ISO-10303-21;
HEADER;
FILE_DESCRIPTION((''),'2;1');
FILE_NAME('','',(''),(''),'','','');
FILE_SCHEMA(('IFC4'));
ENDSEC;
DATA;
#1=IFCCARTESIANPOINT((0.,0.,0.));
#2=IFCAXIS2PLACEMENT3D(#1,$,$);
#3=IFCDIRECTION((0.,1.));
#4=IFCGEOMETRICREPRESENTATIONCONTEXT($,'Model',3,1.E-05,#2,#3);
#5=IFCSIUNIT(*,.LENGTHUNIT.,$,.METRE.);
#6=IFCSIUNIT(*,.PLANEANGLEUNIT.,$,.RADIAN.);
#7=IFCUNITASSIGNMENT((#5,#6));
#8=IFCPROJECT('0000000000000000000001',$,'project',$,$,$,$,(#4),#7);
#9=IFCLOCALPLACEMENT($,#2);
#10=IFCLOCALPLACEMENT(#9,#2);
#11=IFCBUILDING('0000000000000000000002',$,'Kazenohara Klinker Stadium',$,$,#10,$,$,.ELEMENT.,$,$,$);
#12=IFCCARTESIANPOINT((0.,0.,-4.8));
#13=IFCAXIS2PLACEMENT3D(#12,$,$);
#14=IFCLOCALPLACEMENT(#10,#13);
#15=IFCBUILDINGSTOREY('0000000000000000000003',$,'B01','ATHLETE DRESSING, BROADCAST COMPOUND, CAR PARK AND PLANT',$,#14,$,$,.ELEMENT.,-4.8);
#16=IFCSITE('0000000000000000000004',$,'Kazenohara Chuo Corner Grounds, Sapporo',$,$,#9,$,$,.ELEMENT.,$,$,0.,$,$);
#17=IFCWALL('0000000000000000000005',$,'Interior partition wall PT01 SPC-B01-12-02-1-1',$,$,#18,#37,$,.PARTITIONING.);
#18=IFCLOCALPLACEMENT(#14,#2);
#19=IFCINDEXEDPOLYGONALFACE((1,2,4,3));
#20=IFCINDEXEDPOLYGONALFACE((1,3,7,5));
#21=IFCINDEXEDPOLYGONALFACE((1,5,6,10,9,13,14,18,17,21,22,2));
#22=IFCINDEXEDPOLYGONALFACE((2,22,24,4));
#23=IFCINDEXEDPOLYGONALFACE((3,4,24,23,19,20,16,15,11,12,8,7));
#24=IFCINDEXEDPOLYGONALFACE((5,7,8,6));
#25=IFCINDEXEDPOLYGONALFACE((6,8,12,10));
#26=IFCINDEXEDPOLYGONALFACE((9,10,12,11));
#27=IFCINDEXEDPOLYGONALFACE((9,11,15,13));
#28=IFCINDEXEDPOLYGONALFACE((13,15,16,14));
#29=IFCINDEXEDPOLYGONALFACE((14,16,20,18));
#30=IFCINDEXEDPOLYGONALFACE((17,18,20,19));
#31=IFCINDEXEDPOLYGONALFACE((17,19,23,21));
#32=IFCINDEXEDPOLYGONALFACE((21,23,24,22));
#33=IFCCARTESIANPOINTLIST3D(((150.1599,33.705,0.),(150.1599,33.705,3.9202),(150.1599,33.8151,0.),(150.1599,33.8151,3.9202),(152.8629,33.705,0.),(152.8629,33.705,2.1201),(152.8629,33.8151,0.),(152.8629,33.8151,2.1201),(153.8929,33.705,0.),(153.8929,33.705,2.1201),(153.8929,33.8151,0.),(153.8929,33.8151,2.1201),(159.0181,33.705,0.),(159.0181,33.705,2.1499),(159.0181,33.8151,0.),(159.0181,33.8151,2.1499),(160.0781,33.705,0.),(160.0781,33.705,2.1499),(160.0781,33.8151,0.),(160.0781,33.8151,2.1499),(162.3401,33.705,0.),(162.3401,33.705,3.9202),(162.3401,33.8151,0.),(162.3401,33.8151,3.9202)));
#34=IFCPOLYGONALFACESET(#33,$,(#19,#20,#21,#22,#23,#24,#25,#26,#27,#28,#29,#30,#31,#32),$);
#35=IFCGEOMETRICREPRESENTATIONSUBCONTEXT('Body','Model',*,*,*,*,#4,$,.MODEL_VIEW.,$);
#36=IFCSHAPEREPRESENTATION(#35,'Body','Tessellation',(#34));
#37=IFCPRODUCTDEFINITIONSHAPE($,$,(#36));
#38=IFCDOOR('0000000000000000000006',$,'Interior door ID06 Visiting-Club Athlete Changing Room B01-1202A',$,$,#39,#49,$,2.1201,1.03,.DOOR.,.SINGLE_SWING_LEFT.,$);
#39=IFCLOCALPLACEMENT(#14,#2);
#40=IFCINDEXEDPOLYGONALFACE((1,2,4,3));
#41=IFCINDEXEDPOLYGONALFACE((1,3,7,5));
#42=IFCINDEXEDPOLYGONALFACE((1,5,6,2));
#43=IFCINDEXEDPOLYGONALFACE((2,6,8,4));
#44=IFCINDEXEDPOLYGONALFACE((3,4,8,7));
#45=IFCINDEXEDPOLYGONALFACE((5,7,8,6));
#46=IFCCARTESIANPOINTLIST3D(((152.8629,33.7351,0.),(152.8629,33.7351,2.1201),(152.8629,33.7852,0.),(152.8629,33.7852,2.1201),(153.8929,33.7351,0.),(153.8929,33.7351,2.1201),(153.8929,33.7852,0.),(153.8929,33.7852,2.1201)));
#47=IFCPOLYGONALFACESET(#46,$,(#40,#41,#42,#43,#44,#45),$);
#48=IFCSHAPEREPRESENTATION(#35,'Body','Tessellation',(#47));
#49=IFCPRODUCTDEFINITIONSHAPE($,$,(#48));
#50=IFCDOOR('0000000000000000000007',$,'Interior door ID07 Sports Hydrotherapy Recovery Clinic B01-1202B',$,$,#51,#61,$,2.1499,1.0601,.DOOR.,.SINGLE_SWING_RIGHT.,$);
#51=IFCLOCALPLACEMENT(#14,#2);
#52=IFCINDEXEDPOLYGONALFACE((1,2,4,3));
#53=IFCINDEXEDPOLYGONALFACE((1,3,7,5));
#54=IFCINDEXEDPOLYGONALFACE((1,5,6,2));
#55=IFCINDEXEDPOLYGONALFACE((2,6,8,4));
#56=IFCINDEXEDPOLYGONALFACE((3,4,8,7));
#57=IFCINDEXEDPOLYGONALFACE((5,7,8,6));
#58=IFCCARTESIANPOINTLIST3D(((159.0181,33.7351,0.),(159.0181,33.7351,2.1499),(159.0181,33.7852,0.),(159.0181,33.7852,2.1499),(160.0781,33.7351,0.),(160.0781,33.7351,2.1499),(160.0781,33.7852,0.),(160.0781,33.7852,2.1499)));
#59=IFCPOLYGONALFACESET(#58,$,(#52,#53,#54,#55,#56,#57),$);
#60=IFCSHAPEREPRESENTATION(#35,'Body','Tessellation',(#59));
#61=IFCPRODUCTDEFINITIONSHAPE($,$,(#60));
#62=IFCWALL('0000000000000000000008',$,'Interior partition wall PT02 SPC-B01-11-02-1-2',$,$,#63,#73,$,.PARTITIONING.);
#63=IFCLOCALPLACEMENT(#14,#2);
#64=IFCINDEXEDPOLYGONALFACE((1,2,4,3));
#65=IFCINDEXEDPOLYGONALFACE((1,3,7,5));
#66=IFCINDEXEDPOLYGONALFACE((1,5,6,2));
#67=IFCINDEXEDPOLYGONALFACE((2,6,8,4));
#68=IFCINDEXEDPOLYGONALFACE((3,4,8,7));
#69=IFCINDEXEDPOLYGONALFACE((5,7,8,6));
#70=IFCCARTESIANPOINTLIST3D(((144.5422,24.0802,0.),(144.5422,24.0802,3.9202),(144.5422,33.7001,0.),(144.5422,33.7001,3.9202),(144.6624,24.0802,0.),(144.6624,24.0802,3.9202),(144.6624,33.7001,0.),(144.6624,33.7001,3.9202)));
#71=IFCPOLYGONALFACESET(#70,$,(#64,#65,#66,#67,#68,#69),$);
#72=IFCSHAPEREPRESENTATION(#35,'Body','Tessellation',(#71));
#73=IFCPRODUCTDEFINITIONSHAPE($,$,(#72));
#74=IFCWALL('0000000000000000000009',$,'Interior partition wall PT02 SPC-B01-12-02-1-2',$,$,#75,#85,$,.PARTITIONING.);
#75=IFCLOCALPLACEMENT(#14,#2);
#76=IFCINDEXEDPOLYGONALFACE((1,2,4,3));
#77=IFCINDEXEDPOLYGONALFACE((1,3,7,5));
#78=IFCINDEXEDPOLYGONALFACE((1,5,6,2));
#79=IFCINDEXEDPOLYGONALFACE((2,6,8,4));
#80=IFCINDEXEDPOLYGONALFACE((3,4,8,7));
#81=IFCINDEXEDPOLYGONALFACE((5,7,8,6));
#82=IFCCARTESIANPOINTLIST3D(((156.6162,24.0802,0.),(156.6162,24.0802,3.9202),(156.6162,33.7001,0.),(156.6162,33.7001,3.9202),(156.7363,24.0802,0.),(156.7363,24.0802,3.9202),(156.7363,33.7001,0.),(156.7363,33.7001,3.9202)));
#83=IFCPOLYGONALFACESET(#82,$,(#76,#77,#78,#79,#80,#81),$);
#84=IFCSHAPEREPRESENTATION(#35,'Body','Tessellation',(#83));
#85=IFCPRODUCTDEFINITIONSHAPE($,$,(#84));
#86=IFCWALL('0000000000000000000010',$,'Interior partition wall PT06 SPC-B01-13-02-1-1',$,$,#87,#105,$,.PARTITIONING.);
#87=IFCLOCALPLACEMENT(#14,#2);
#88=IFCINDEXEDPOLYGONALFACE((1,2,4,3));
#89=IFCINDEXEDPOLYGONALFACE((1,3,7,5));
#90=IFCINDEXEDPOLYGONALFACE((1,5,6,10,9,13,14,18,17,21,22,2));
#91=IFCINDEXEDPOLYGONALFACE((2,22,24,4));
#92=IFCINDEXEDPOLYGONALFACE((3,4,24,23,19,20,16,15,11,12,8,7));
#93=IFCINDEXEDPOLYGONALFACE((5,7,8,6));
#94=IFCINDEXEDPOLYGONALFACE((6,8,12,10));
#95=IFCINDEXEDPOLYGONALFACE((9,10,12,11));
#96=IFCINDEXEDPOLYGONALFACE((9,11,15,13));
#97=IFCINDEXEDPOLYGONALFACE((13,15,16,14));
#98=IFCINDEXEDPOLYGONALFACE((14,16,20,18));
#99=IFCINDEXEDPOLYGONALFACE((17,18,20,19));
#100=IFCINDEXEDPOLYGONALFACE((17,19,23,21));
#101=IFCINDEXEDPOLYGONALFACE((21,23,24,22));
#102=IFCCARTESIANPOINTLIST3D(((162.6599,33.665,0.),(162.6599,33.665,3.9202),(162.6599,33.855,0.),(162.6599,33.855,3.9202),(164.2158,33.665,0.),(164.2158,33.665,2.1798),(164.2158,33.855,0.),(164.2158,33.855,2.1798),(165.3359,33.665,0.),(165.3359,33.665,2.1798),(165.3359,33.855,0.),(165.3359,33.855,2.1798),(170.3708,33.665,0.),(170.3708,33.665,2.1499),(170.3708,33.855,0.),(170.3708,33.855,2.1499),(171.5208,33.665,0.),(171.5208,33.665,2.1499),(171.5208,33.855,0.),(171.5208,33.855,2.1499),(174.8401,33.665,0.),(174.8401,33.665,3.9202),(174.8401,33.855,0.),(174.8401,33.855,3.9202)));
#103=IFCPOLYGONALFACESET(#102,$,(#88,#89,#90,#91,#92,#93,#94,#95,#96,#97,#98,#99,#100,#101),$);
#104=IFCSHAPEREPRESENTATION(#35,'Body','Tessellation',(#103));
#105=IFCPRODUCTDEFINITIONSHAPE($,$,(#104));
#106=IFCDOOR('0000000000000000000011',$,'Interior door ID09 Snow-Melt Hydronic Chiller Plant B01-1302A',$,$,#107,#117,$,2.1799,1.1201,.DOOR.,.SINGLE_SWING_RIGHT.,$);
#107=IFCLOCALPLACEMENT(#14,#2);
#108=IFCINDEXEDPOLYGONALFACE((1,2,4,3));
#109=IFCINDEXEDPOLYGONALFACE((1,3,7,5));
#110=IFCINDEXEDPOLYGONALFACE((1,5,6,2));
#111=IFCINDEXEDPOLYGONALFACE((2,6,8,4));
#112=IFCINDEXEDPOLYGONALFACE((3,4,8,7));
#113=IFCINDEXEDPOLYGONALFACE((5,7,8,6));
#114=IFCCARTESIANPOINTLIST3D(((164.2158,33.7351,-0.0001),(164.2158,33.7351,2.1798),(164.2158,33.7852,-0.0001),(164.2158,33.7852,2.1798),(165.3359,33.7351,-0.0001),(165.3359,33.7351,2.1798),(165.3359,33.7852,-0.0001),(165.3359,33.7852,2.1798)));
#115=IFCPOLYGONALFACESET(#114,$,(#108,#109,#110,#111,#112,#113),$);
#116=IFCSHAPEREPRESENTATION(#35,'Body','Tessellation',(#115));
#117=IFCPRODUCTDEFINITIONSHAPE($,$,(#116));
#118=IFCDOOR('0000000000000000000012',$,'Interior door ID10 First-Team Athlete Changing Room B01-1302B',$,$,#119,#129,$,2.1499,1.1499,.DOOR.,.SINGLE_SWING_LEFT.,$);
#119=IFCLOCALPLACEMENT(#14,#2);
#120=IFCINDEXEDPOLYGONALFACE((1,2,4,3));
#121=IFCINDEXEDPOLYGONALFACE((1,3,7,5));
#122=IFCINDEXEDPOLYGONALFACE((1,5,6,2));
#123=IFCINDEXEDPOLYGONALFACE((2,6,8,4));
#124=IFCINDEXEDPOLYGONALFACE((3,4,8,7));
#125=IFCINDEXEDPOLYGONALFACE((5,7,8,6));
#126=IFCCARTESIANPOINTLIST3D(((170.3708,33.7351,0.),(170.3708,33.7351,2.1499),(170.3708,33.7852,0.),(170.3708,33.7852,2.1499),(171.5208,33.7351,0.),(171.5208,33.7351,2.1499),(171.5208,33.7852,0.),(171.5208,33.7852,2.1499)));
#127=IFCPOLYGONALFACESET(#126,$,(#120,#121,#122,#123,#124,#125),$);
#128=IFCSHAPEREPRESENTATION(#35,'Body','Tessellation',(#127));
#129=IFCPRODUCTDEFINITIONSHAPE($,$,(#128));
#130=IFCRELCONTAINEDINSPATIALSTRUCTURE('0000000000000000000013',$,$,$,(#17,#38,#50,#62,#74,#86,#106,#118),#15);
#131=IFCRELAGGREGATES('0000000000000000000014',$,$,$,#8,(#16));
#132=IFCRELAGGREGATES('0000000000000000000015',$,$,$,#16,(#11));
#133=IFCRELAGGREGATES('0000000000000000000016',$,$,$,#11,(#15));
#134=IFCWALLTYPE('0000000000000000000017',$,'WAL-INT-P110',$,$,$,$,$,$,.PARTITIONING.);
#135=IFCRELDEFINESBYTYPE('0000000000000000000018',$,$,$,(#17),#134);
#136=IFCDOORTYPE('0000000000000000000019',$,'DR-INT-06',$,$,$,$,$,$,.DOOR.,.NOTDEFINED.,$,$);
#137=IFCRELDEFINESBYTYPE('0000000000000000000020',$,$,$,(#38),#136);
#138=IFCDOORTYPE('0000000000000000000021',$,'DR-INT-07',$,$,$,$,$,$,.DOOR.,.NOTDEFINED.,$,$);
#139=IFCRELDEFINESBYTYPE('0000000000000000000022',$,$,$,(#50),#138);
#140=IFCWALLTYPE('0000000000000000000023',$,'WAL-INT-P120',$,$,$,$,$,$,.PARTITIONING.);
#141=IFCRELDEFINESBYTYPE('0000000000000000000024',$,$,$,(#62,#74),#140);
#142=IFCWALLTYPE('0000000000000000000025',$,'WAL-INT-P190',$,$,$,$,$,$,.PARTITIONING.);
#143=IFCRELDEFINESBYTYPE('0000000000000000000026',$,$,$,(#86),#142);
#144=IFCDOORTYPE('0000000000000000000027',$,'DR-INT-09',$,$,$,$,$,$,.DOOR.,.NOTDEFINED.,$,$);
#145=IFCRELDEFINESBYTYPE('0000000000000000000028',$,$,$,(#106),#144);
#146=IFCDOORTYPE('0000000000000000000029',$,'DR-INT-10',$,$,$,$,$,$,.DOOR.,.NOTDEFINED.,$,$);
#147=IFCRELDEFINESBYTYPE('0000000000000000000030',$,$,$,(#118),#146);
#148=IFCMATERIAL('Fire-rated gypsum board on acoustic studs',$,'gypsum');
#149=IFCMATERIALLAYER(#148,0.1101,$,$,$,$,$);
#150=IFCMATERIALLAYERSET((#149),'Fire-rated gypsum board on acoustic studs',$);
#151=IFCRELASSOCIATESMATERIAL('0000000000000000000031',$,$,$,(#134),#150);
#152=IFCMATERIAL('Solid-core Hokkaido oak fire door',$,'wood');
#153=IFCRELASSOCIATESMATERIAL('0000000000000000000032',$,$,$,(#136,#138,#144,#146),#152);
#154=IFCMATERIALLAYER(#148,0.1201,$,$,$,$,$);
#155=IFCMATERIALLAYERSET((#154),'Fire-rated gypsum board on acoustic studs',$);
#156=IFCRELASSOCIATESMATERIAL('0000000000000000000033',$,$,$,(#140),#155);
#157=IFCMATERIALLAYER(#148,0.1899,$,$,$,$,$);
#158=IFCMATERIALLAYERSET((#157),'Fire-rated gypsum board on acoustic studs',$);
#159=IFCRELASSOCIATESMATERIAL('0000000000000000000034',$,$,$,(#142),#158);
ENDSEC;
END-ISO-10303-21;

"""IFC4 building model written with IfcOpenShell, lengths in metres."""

from ifc_helpers import new_model, si_unit, direction, frame, frame_2d, origin, place, context, subcontext, project, spatial, rectangle, extrude, material, layer, layer_set, type_object, element, fill, save


model = new_model("IFC4")

# Units and contexts
model_context = context("Model", 3, precision=1e-05, world=origin(), true_north=direction((0.0, 1.0)))
body_context = subcontext(model_context, "Body", "Model", "MODEL_VIEW")
ifc_project = project(units=[si_unit("LENGTHUNIT", "METRE"), si_unit("PLANEANGLEUNIT", "RADIAN")], contexts=[model_context])

# Site, building, storey
site_placement = place(None, origin())
site = spatial("IfcSite", under=ifc_project, at=site_placement, Name="Kazenohara Chuo Corner Grounds, Sapporo", CompositionType="ELEMENT", RefElevation=0.0)
building_placement = place(site_placement, origin())
building = spatial("IfcBuilding", under=site, at=building_placement, Name="Kazenohara Klinker Stadium", CompositionType="ELEMENT")
storey_placement = place(building_placement, frame((0.0, 0.0, -4.8)))
storey = spatial("IfcBuildingStorey", under=building, at=storey_placement, Name="B01", Description="ATHLETE DRESSING, BROADCAST COMPOUND, CAR PARK AND PLANT", CompositionType="ELEMENT", Elevation=-4.8)

# Wall, openings, doors
ifc_material_1 = material(Name="Fire-rated gypsum board on acoustic studs", Category="gypsum")
ifc_layer_1 = layer(ifc_material_1, 0.1101)
ifc_layer_set_1 = layer_set([ifc_layer_1], Name="Fire-rated gypsum board on acoustic studs")
wall_type_1 = type_object("IfcWallType", Name="WAL-INT-P110", PredefinedType="PARTITIONING", material=ifc_layer_set_1)
ifc_material_2 = material(Name="Solid-core Hokkaido oak fire door", Category="wood")
wall_1_placement = place(storey_placement, frame((150.1599, 33.76, 0.0), z_axis=(0.0, 0.0, 1.0), x_axis=(1.0, 0.0, 0.0)))
wall_1 = element("IfcWall", 1, at=wall_1_placement, inside=storey, type_object=wall_type_1, Name="Interior partition wall PT01 SPC-B01-12-02-1-1", PredefinedType="PARTITIONING", context=body_context, shape_type="SweptSolid", body=[
    extrude(rectangle(XDim=12.1802, YDim=0.1101, at=frame_2d((6.0901, 0.0))), origin(), (0.0, 0.0, 1.0), 3.9202),
])
opening_1_placement = place(wall_1_placement, frame((3.7332, 0.0, 0.0), z_axis=(0.0, 0.0, 1.0), x_axis=(-1.0, 0.0, 0.0)))
opening_1 = element("IfcOpeningElement", 2, at=opening_1_placement, cuts=wall_1, PredefinedType="OPENING", context=body_context, shape_type="SweptSolid", body=[
    extrude(rectangle(XDim=1.03, YDim=2.1201, at=frame_2d((0.5151, 1.0601))), frame((0.0, 0.0649, 0.0), z_axis=(0.0, -1.0, 0.0), x_axis=(1.0, 0.0, 0.0)), (0.0, 0.0, 1.0), 0.1301),
])
opening_2_placement = place(wall_1_placement, frame((9.9182, 0.0, 0.0), z_axis=(0.0, 0.0, 1.0), x_axis=(-1.0, 0.0, 0.0)))
opening_2 = element("IfcOpeningElement", 3, at=opening_2_placement, cuts=wall_1, PredefinedType="OPENING", context=body_context, shape_type="SweptSolid", body=[
    extrude(rectangle(XDim=1.0601, YDim=2.1499, at=frame_2d((0.53, 1.075))), frame((0.0, 0.0649, 0.0), z_axis=(0.0, -1.0, 0.0), x_axis=(1.0, 0.0, 0.0)), (0.0, 0.0, 1.0), 0.1301),
])
door_type_1 = type_object("IfcDoorType", Name="DR-INT-06", OperationType="NOTDEFINED", PredefinedType="DOOR", material=ifc_material_2)
door_1_placement = place(opening_1_placement, origin())
door_1 = element("IfcDoor", 4, at=door_1_placement, inside=storey, type_object=door_type_1, Name="Interior door ID06 Visiting-Club Athlete Changing Room B01-1202A", OperationType="SINGLE_SWING_LEFT", OverallHeight=2.1201, OverallWidth=1.03, PredefinedType="DOOR", context=body_context, shape_type="SweptSolid", body=[
    extrude(rectangle(XDim=1.03, YDim=2.1201, at=frame_2d((0.5151, 1.0601))), frame((0.0, 0.0249, 0.0), z_axis=(0.0, -1.0, 0.0), x_axis=(1.0, 0.0, 0.0)), (0.0, 0.0, 1.0), 0.05),
])
fill(opening_1, door_1)
door_type_2 = type_object("IfcDoorType", Name="DR-INT-07", OperationType="NOTDEFINED", PredefinedType="DOOR", material=ifc_material_2)
door_2_placement = place(opening_2_placement, origin())
door_2 = element("IfcDoor", 5, at=door_2_placement, inside=storey, type_object=door_type_2, Name="Interior door ID07 Sports Hydrotherapy Recovery Clinic B01-1202B", OperationType="SINGLE_SWING_RIGHT", OverallHeight=2.1499, OverallWidth=1.0601, PredefinedType="DOOR", context=body_context, shape_type="SweptSolid", body=[
    extrude(rectangle(XDim=1.0601, YDim=2.1499, at=frame_2d((0.53, 1.075))), frame((0.0, 0.0249, 0.0), z_axis=(0.0, -1.0, 0.0), x_axis=(1.0, 0.0, 0.0)), (0.0, 0.0, 1.0), 0.05),
])
fill(opening_2, door_2)

# Walls
ifc_layer_2 = layer(ifc_material_1, 0.1201)
ifc_layer_set_2 = layer_set([ifc_layer_2], Name="Fire-rated gypsum board on acoustic studs")
wall_type_2 = type_object("IfcWallType", Name="WAL-INT-P120", PredefinedType="PARTITIONING", material=ifc_layer_set_2)
for number, where, z_axis, x_axis, name in (
    (6, (144.6023, 24.0801, 0.0), (0.0, 0.0, 1.0), (0.0, 1.0, 0.0), "Interior partition wall PT02 SPC-B01-11-02-1-2"),
    (7, (156.6763, 24.0801, 0.0), (0.0, 0.0, 1.0), (0.0, 1.0, 0.0), "Interior partition wall PT02 SPC-B01-12-02-1-2"),
):
    element("IfcWall", number, at=place(storey_placement, frame(where, z_axis=z_axis, x_axis=x_axis)), inside=storey, type_object=wall_type_2, Name=name, PredefinedType="PARTITIONING", context=body_context, shape_type="SweptSolid", body=[
        extrude(rectangle(XDim=9.6199, YDim=0.1201, at=frame_2d((4.8101, 0.0))), origin(), (0.0, 0.0, 1.0), 3.9202),
    ])

# Wall, openings, doors
ifc_layer_3 = layer(ifc_material_1, 0.1899)
ifc_layer_set_3 = layer_set([ifc_layer_3], Name="Fire-rated gypsum board on acoustic studs")
wall_type_3 = type_object("IfcWallType", Name="WAL-INT-P190", PredefinedType="PARTITIONING", material=ifc_layer_set_3)
wall_2_placement = place(storey_placement, frame((162.6599, 33.76, 0.0), z_axis=(0.0, 0.0, 1.0), x_axis=(1.0, 0.0, 0.0)))
wall_2 = element("IfcWall", 8, at=wall_2_placement, inside=storey, type_object=wall_type_3, Name="Interior partition wall PT06 SPC-B01-13-02-1-1", PredefinedType="PARTITIONING", context=body_context, shape_type="SweptSolid", body=[
    extrude(rectangle(XDim=12.1802, YDim=0.1899, at=frame_2d((6.0901, 0.0))), origin(), (0.0, 0.0, 1.0), 3.9202),
])
opening_3_placement = place(wall_2_placement, frame((2.676, 0.0, 0.0), z_axis=(0.0, 0.0, 1.0), x_axis=(-1.0, 0.0, 0.0)))
opening_3 = element("IfcOpeningElement", 9, at=opening_3_placement, cuts=wall_2, PredefinedType="OPENING", context=body_context, shape_type="SweptSolid", body=[
    extrude(rectangle(XDim=1.1201, YDim=2.1799, at=frame_2d((0.5601, 1.0898))), frame((0.0, 0.105, 0.0), z_axis=(0.0, -1.0, 0.0), x_axis=(1.0, 0.0, 0.0)), (0.0, 0.0, 1.0), 0.21),
])
opening_4_placement = place(wall_2_placement, frame((8.8608, 0.0, 0.0), z_axis=(0.0, 0.0, 1.0), x_axis=(-1.0, 0.0, 0.0)))
opening_4 = element("IfcOpeningElement", 10, at=opening_4_placement, cuts=wall_2, PredefinedType="OPENING", context=body_context, shape_type="SweptSolid", body=[
    extrude(rectangle(XDim=1.1499, YDim=2.1499, at=frame_2d((0.575, 1.075))), frame((0.0, 0.105, 0.0), z_axis=(0.0, -1.0, 0.0), x_axis=(1.0, 0.0, 0.0)), (0.0, 0.0, 1.0), 0.21),
])
door_type_3 = type_object("IfcDoorType", Name="DR-INT-09", OperationType="NOTDEFINED", PredefinedType="DOOR", material=ifc_material_2)
door_3_placement = place(opening_3_placement, origin())
door_3 = element("IfcDoor", 11, at=door_3_placement, inside=storey, type_object=door_type_3, Name="Interior door ID09 Snow-Melt Hydronic Chiller Plant B01-1302A", OperationType="SINGLE_SWING_RIGHT", OverallHeight=2.1799, OverallWidth=1.1201, PredefinedType="DOOR", context=body_context, shape_type="SweptSolid", body=[
    extrude(rectangle(XDim=1.1201, YDim=2.1799, at=frame_2d((0.5601, 1.0898))), frame((0.0, 0.0249, 0.0), z_axis=(0.0, -1.0, 0.0), x_axis=(1.0, 0.0, 0.0)), (0.0, 0.0, 1.0), 0.05),
])
fill(opening_3, door_3)
door_type_4 = type_object("IfcDoorType", Name="DR-INT-10", OperationType="NOTDEFINED", PredefinedType="DOOR", material=ifc_material_2)
door_4_placement = place(opening_4_placement, origin())
door_4 = element("IfcDoor", 12, at=door_4_placement, inside=storey, type_object=door_type_4, Name="Interior door ID10 First-Team Athlete Changing Room B01-1302B", OperationType="SINGLE_SWING_LEFT", OverallHeight=2.1499, OverallWidth=1.1499, PredefinedType="DOOR", context=body_context, shape_type="SweptSolid", body=[
    extrude(rectangle(XDim=1.1499, YDim=2.1499, at=frame_2d((0.575, 1.075))), frame((0.0, 0.0249, 0.0), z_axis=(0.0, -1.0, 0.0), x_axis=(1.0, 0.0, 0.0)), (0.0, 0.0, 1.0), 0.05),
])
fill(opening_4, door_4)

save(model, "model.ifc")
